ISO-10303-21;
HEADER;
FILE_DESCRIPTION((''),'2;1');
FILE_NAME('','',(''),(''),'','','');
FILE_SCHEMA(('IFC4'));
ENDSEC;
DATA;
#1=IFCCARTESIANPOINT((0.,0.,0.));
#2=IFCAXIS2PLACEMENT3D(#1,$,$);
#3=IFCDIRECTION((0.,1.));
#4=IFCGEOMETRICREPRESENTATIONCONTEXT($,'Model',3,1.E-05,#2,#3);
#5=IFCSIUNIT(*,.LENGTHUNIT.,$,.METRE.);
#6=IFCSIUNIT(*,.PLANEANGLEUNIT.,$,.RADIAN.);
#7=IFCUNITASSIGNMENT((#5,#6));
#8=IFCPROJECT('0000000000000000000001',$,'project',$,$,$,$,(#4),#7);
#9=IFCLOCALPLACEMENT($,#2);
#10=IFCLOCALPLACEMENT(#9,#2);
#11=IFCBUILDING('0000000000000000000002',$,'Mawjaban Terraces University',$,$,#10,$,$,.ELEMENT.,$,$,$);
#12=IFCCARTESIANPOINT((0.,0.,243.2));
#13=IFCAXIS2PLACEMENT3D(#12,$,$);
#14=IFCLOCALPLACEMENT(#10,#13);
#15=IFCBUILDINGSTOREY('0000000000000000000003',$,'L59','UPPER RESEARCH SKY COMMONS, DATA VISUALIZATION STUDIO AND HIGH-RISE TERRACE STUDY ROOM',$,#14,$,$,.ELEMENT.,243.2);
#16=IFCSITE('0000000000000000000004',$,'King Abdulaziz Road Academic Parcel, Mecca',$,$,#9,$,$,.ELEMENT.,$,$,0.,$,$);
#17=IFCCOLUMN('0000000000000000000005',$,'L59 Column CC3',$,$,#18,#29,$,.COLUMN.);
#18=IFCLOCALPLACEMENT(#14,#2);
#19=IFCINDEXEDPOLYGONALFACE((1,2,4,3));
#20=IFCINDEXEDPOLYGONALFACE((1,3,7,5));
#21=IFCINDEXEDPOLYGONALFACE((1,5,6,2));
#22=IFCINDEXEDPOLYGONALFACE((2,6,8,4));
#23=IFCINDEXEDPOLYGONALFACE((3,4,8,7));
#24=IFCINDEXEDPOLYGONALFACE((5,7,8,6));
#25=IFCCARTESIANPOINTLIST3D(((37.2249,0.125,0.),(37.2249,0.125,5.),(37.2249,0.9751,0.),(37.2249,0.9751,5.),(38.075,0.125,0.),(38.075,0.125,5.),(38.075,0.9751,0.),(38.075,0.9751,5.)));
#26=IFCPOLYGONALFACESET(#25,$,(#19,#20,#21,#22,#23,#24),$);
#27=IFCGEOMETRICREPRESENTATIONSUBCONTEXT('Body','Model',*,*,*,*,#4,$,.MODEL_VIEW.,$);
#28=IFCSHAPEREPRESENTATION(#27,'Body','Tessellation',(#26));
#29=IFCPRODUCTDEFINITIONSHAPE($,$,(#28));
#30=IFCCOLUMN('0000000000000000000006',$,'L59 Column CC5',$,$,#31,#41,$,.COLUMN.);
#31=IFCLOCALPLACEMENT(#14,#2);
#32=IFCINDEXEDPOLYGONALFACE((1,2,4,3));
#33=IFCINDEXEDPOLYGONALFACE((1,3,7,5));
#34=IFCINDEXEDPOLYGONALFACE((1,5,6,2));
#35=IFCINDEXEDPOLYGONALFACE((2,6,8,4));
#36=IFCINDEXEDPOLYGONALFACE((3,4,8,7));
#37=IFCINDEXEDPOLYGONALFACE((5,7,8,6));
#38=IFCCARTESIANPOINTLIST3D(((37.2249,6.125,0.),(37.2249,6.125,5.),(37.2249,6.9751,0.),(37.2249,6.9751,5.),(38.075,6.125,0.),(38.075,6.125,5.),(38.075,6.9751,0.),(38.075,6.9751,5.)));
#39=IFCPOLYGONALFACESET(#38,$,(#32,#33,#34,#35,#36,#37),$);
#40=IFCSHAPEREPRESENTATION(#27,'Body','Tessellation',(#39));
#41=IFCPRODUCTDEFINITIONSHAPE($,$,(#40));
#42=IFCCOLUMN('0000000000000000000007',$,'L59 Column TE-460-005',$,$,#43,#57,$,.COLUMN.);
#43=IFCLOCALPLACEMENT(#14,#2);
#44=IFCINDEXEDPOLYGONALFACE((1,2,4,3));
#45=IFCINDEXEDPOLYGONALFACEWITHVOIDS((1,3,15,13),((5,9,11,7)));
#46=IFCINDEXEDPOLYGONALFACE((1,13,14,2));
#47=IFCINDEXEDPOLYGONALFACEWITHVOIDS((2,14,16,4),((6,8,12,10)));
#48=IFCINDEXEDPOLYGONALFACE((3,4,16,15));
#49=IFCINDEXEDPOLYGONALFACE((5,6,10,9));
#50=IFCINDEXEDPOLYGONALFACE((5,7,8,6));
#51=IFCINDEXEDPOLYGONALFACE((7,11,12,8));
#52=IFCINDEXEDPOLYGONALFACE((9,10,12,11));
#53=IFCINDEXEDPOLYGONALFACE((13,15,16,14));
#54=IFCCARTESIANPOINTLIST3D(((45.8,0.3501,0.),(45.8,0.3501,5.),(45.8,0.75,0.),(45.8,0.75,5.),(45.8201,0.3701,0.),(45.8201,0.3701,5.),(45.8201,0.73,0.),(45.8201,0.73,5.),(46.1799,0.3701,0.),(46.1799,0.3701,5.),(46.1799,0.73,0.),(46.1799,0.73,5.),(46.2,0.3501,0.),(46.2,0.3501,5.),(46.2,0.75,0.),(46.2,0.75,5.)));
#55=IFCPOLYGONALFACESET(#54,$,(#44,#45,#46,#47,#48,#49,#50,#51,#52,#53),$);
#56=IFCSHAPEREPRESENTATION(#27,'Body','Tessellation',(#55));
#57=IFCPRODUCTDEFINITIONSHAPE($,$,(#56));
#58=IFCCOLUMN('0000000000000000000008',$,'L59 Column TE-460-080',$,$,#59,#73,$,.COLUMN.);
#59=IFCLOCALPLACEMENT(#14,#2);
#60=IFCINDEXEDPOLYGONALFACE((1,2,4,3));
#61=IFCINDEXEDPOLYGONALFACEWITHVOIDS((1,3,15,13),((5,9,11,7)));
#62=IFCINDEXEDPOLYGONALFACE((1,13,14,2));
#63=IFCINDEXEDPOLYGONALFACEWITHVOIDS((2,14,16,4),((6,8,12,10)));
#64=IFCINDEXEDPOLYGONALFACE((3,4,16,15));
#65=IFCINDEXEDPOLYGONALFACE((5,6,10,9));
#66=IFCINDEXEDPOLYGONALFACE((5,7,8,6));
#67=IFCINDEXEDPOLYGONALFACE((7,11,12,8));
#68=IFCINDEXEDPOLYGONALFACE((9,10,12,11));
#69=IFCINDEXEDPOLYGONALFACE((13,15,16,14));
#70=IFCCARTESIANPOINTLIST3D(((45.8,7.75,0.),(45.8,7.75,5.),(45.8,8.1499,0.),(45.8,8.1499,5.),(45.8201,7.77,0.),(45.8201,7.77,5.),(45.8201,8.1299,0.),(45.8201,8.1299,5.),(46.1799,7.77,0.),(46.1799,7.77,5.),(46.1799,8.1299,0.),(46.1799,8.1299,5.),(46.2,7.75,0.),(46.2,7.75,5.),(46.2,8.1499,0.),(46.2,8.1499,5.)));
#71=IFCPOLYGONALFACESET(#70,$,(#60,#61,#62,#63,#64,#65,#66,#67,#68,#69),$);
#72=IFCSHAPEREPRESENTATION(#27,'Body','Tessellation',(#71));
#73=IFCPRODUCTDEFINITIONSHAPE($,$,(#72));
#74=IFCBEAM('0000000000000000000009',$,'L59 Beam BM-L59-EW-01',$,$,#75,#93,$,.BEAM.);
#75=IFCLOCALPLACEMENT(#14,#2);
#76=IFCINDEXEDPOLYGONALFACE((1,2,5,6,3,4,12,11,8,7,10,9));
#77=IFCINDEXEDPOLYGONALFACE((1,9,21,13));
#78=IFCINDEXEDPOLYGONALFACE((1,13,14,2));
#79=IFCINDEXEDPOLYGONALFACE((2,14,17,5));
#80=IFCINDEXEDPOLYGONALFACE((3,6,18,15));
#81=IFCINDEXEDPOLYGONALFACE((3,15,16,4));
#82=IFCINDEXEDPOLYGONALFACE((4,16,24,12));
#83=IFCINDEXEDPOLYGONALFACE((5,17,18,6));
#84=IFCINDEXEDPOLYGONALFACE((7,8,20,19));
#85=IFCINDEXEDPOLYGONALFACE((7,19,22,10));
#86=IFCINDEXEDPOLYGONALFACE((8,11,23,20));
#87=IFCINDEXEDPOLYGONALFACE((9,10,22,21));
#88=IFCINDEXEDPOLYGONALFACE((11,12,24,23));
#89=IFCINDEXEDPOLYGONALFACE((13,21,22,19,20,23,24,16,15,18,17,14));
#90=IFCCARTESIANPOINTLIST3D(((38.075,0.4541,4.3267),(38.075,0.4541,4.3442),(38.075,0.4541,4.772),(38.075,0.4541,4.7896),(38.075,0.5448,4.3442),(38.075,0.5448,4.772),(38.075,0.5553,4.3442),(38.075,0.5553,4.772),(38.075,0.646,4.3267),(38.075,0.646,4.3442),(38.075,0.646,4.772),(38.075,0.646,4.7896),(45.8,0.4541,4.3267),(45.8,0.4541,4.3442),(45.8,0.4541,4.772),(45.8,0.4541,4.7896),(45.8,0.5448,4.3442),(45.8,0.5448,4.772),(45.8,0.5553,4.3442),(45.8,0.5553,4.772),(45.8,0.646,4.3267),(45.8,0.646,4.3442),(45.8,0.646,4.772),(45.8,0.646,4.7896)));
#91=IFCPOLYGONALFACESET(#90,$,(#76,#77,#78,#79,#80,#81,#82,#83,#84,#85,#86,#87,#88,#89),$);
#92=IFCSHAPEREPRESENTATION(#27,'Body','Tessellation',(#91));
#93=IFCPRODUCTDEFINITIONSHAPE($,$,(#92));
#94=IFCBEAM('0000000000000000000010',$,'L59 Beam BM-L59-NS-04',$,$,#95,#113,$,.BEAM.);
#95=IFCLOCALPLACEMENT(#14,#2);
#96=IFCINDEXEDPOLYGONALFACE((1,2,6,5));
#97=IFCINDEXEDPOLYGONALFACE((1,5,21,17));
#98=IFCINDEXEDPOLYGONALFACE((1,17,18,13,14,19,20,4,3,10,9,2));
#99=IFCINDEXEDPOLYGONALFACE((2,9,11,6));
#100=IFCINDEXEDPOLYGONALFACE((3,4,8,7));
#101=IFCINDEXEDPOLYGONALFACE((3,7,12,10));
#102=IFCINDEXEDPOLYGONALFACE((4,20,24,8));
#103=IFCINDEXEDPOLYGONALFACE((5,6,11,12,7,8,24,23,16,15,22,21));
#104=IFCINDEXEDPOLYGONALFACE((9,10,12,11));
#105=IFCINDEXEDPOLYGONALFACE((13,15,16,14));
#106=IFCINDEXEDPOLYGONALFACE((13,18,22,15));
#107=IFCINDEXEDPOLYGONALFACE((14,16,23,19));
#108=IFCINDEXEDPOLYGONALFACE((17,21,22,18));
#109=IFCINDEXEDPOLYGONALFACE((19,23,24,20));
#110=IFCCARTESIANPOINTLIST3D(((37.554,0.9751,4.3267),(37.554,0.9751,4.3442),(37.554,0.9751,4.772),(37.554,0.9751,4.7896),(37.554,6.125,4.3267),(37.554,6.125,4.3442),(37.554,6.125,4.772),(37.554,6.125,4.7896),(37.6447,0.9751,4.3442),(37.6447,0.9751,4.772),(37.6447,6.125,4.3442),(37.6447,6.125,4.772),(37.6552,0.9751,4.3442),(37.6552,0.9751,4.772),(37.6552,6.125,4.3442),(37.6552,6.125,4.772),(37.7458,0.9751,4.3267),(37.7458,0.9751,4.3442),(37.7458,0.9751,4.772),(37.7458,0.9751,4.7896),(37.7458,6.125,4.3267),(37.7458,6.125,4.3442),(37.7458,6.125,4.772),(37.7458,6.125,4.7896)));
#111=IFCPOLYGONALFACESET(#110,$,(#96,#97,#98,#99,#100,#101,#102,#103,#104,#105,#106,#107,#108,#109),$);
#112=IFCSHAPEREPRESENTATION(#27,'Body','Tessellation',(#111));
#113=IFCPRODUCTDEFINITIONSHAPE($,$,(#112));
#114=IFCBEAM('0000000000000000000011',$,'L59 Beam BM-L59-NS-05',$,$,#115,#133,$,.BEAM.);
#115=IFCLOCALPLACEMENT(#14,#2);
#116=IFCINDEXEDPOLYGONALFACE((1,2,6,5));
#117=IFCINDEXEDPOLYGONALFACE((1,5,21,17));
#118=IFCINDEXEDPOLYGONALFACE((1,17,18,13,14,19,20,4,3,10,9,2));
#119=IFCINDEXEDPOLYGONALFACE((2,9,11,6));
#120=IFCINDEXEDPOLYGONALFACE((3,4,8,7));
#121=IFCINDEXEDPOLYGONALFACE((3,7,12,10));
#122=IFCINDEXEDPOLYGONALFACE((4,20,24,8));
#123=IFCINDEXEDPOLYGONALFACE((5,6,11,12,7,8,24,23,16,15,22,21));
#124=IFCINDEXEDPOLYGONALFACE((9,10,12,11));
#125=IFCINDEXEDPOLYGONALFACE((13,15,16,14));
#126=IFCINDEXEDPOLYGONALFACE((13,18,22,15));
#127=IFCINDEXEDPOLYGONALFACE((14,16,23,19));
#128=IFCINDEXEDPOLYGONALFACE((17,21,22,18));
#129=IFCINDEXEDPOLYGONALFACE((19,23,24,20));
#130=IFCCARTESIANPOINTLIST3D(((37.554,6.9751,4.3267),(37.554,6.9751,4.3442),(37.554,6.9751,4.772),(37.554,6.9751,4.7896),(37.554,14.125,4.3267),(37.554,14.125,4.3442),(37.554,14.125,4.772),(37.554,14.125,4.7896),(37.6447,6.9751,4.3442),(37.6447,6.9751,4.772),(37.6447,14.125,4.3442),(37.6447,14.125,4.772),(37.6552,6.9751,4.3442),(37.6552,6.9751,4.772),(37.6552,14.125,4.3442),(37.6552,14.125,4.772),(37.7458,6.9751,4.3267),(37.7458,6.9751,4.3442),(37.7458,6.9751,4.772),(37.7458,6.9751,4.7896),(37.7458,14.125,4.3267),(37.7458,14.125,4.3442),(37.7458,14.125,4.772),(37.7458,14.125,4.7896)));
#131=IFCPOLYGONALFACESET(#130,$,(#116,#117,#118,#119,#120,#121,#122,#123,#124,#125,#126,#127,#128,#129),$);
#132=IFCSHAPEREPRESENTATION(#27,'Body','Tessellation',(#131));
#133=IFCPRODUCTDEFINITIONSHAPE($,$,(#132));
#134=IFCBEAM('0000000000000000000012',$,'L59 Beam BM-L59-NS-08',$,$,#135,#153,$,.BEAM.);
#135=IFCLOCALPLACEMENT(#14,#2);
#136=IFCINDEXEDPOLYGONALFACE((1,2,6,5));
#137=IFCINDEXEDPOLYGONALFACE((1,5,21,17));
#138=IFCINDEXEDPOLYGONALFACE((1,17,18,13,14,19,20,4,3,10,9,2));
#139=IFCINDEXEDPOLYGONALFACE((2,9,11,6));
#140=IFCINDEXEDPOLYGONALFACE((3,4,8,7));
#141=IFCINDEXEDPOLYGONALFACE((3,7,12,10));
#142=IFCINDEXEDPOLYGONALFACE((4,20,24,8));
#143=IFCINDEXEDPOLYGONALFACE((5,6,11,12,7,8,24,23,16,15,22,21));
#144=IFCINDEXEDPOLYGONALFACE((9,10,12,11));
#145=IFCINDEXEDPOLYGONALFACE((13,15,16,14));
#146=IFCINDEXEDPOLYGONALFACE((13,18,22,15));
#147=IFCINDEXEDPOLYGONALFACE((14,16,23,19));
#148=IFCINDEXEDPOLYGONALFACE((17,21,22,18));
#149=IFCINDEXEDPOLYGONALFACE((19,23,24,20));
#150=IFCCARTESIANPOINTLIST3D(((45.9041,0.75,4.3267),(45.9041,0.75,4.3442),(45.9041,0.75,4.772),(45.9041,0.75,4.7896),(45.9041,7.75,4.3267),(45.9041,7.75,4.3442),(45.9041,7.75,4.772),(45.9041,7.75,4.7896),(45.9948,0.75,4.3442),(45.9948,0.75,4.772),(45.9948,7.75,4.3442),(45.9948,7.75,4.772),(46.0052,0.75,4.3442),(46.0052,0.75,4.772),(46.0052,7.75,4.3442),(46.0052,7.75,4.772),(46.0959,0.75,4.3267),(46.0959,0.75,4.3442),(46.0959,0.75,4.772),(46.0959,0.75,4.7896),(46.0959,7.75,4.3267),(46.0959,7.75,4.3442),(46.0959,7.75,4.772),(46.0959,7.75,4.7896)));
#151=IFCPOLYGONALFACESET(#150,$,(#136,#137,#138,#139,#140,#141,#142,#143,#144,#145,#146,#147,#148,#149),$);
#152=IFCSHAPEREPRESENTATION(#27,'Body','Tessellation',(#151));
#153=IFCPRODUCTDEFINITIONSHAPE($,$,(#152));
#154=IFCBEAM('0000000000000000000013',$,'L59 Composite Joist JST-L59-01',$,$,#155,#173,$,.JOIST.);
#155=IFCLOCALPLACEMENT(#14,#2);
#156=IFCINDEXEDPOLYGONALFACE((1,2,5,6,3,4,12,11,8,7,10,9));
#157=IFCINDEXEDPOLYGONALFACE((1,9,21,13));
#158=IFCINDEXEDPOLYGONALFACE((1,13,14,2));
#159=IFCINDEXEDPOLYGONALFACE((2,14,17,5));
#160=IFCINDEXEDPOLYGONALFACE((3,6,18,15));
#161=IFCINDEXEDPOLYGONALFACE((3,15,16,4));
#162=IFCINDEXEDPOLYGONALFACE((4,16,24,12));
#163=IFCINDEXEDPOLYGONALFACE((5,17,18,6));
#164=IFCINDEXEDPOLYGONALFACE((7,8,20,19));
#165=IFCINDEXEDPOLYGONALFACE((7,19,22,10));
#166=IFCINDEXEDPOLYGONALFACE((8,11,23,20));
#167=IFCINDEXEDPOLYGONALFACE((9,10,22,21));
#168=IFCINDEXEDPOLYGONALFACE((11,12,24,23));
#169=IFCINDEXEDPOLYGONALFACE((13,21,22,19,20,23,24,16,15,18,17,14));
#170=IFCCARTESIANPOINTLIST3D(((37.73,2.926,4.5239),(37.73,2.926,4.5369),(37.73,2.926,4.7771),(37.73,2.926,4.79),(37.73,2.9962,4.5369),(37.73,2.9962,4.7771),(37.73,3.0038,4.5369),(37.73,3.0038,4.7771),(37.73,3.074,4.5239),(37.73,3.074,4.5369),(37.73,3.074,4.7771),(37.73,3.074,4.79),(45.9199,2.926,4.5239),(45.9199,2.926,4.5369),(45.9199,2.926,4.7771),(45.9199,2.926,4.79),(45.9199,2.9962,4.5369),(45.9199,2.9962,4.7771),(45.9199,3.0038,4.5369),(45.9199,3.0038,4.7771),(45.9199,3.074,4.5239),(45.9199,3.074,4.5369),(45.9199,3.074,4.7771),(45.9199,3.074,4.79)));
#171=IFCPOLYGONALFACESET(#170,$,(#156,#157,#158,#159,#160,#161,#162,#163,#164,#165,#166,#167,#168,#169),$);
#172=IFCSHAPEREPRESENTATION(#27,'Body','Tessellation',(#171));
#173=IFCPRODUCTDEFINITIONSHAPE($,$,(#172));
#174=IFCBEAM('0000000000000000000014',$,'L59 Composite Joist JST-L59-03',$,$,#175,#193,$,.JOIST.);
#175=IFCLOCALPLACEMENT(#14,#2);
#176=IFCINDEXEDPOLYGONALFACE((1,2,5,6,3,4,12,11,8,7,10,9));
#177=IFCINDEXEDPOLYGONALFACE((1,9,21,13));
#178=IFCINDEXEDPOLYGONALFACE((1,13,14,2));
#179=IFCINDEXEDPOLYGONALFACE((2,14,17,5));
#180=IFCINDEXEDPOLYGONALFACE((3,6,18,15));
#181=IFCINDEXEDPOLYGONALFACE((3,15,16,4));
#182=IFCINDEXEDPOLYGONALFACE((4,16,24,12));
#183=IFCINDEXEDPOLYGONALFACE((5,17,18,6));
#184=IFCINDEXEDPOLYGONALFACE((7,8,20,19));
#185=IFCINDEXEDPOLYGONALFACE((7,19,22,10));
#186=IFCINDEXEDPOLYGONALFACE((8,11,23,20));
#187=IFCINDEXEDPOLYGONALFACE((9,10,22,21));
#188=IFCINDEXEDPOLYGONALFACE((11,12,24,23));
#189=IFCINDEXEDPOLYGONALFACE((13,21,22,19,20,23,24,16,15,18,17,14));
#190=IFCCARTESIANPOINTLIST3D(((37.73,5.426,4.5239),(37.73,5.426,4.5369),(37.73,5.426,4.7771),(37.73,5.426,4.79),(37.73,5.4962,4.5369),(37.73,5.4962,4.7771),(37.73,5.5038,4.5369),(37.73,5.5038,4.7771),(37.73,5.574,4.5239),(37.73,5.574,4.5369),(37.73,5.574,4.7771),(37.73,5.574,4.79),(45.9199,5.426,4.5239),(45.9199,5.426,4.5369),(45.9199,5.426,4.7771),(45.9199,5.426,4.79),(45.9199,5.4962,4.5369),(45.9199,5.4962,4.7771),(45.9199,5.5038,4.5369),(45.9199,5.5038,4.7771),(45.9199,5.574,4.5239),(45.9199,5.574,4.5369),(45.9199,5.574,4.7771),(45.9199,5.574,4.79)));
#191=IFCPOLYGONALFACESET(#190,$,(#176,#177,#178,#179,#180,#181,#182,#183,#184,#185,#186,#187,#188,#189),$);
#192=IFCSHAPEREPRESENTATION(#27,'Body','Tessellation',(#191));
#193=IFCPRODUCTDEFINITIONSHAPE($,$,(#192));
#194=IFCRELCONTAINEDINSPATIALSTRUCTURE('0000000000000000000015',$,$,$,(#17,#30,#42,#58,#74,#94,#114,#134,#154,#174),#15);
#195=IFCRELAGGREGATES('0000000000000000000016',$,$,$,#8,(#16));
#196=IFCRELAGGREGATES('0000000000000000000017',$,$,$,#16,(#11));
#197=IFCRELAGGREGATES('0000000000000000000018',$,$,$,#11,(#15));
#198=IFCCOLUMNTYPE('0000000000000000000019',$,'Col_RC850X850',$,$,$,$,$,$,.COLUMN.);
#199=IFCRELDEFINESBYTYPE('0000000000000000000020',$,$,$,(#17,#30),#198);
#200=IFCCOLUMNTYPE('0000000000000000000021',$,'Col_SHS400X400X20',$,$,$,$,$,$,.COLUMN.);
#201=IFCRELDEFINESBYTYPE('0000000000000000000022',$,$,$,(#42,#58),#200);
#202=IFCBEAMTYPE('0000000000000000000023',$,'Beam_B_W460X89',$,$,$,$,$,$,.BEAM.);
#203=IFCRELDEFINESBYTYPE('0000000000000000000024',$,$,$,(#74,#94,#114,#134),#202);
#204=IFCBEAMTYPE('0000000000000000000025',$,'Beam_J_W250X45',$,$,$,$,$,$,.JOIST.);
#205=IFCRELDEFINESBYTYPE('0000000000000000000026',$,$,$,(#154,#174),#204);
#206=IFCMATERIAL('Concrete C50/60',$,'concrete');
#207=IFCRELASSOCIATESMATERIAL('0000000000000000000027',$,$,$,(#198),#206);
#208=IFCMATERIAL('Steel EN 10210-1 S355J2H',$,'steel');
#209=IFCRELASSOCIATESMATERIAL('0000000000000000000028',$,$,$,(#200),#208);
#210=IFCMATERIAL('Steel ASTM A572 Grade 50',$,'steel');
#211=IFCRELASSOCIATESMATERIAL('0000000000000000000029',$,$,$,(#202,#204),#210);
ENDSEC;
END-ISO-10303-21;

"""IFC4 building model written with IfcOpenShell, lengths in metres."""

from ifc_helpers import new_model, si_unit, direction, frame, origin, origin_2d, place, context, subcontext, project, spatial, rectangle, hollow_rectangle, i_section, extrude, material, material_profile, profile_set, type_object, element, save


model = new_model("IFC4")

# Units and contexts
model_context = context("Model", 3, precision=1e-05, world=origin(), true_north=direction((0.0, 1.0)))
body_context = subcontext(model_context, "Body", "Model", "MODEL_VIEW")
ifc_project = project(units=[si_unit("LENGTHUNIT", "METRE"), si_unit("PLANEANGLEUNIT", "RADIAN")], contexts=[model_context])

# Site, building, storey
site_placement = place(None, origin())
site = spatial("IfcSite", under=ifc_project, at=site_placement, Name="King Abdulaziz Road Academic Parcel, Mecca", CompositionType="ELEMENT", RefElevation=0.0)
building_placement = place(site_placement, origin())
building = spatial("IfcBuilding", under=site, at=building_placement, Name="Mawjaban Terraces University", CompositionType="ELEMENT")
storey_placement = place(building_placement, frame((0.0, 0.0, 243.2)))
storey = spatial("IfcBuildingStorey", under=building, at=storey_placement, Name="L59", Description="UPPER RESEARCH SKY COMMONS, DATA VISUALIZATION STUDIO AND HIGH-RISE TERRACE STUDY ROOM", CompositionType="ELEMENT", Elevation=243.2)

# Columns
ifc_material_1 = material(Name="Concrete C50/60", Category="concrete")
ifc_material_profile_1 = material_profile(ifc_material_1, rectangle(XDim=0.8501, YDim=0.8501, at=origin_2d()), Name="RC850X850")
ifc_profile_set_1 = profile_set([ifc_material_profile_1], Name="Concrete C50/60")
column_type_1 = type_object("IfcColumnType", Name="Col_RC850X850", PredefinedType="COLUMN", material=ifc_profile_set_1)
for number, where, z_axis, x_axis, name in (
    (1, (37.6499, 0.55, 0.0), (0.0, 0.0, 1.0), (1.0, 0.0, 0.0), "L59 Column CC3"),
    (2, (37.6499, 6.55, 0.0), (0.0, 0.0, 1.0), (1.0, 0.0, 0.0), "L59 Column CC5"),
):
    element("IfcColumn", number, at=place(storey_placement, frame(where, z_axis=z_axis, x_axis=x_axis)), inside=storey, type_object=column_type_1, Name=name, PredefinedType="COLUMN", context=body_context, shape_type="SweptSolid", body=[
        extrude(rectangle(XDim=0.8501, YDim=0.8501, at=origin_2d()), origin(), (0.0, 0.0, 1.0), 5.0),
    ])
ifc_material_2 = material(Name="Steel EN 10210-1 S355J2H", Category="steel")
ifc_material_profile_2 = material_profile(ifc_material_2, hollow_rectangle(XDim=0.3999, YDim=0.3999, WallThickness=0.02, at=origin_2d()), Name="SHS400X400X20")
ifc_profile_set_2 = profile_set([ifc_material_profile_2], Name="Steel EN 10210-1 S355J2H")
column_type_2 = type_object("IfcColumnType", Name="Col_SHS400X400X20", PredefinedType="COLUMN", material=ifc_profile_set_2)
for number, where, z_axis, x_axis, name in (
    (3, (46.0, 0.55, 0.0), (0.0, 0.0, 1.0), (1.0, 0.0, 0.0), "L59 Column TE-460-005"),
    (4, (46.0, 7.95, 0.0), (0.0, 0.0, 1.0), (1.0, 0.0, 0.0), "L59 Column TE-460-080"),
):
    element("IfcColumn", number, at=place(storey_placement, frame(where, z_axis=z_axis, x_axis=x_axis)), inside=storey, type_object=column_type_2, Name=name, PredefinedType="COLUMN", context=body_context, shape_type="SweptSolid", body=[
        extrude(hollow_rectangle(XDim=0.3999, YDim=0.3999, WallThickness=0.02, at=origin_2d()), origin(), (0.0, 0.0, 1.0), 5.0),
    ])

# Beams
ifc_material_3 = material(Name="Steel ASTM A572 Grade 50", Category="steel")
ifc_material_profile_3 = material_profile(ifc_material_3, i_section(OverallWidth=0.1919, OverallDepth=0.4629, WebThickness=0.0105, FlangeThickness=0.0176, at=origin_2d()), Name="W460X89")
ifc_profile_set_3 = profile_set([ifc_material_profile_3], Name="Steel ASTM A572 Grade 50")
beam_type_1 = type_object("IfcBeamType", Name="Beam_B_W460X89", PredefinedType="BEAM", material=ifc_profile_set_3)
beam_1_placement = place(storey_placement, frame((38.075, 0.55, 4.5581), z_axis=(1.0, 0.0, 0.0), x_axis=(0.0, 1.0, 0.0)))
element("IfcBeam", 5, at=beam_1_placement, inside=storey, type_object=beam_type_1, Name="L59 Beam BM-L59-EW-01", PredefinedType="BEAM", context=body_context, shape_type="SweptSolid", body=[
    extrude(i_section(OverallWidth=0.1919, OverallDepth=0.4629, WebThickness=0.0105, FlangeThickness=0.0176, at=origin_2d()), origin(), (0.0, 0.0, 1.0), 7.7251),
])
beam_2_placement = place(storey_placement, frame((37.6499, 0.9751, 4.5581), z_axis=(0.0, 1.0, 0.0), x_axis=(-1.0, 0.0, 0.0)))
element("IfcBeam", 6, at=beam_2_placement, inside=storey, type_object=beam_type_1, Name="L59 Beam BM-L59-NS-04", PredefinedType="BEAM", context=body_context, shape_type="SweptSolid", body=[
    extrude(i_section(OverallWidth=0.1919, OverallDepth=0.4629, WebThickness=0.0105, FlangeThickness=0.0176, at=origin_2d()), origin(), (0.0, 0.0, 1.0), 5.1499),
])
beam_3_placement = place(storey_placement, frame((37.6499, 6.9751, 4.5581), z_axis=(0.0, 1.0, 0.0), x_axis=(-1.0, 0.0, 0.0)))
element("IfcBeam", 7, at=beam_3_placement, inside=storey, type_object=beam_type_1, Name="L59 Beam BM-L59-NS-05", PredefinedType="BEAM", context=body_context, shape_type="SweptSolid", body=[
    extrude(i_section(OverallWidth=0.1919, OverallDepth=0.4629, WebThickness=0.0105, FlangeThickness=0.0176, at=origin_2d()), origin(), (0.0, 0.0, 1.0), 7.1499),
])
beam_4_placement = place(storey_placement, frame((46.0, 0.75, 4.5581), z_axis=(0.0, 1.0, 0.0), x_axis=(-1.0, 0.0, 0.0)))
element("IfcBeam", 8, at=beam_4_placement, inside=storey, type_object=beam_type_1, Name="L59 Beam BM-L59-NS-08", PredefinedType="BEAM", context=body_context, shape_type="SweptSolid", body=[
    extrude(i_section(OverallWidth=0.1919, OverallDepth=0.4629, WebThickness=0.0105, FlangeThickness=0.0176, at=origin_2d()), origin(), (0.0, 0.0, 1.0), 7.0),
])
ifc_material_profile_4 = material_profile(ifc_material_3, i_section(OverallWidth=0.1479, OverallDepth=0.2661, WebThickness=0.0076, FlangeThickness=0.0129, at=origin_2d()), Name="W250X45")
ifc_profile_set_4 = profile_set([ifc_material_profile_4], Name="Steel ASTM A572 Grade 50")
beam_type_2 = type_object("IfcBeamType", Name="Beam_J_W250X45", PredefinedType="JOIST", material=ifc_profile_set_4)
for number, where, z_axis, x_axis, name in (
    (9, (37.73, 3.0, 4.657), (1.0, 0.0, 0.0), (0.0, 1.0, 0.0), "L59 Composite Joist JST-L59-01"),
    (10, (37.73, 5.5, 4.657), (1.0, 0.0, 0.0), (0.0, 1.0, 0.0), "L59 Composite Joist JST-L59-03"),
):
    element("IfcBeam", number, at=place(storey_placement, frame(where, z_axis=z_axis, x_axis=x_axis)), inside=storey, type_object=beam_type_2, Name=name, PredefinedType="JOIST", context=body_context, shape_type="SweptSolid", body=[
        extrude(i_section(OverallWidth=0.1479, OverallDepth=0.2661, WebThickness=0.0076, FlangeThickness=0.0129, at=origin_2d()), origin(), (0.0, 0.0, 1.0), 8.1899),
    ])

save(model, "model.ifc")
